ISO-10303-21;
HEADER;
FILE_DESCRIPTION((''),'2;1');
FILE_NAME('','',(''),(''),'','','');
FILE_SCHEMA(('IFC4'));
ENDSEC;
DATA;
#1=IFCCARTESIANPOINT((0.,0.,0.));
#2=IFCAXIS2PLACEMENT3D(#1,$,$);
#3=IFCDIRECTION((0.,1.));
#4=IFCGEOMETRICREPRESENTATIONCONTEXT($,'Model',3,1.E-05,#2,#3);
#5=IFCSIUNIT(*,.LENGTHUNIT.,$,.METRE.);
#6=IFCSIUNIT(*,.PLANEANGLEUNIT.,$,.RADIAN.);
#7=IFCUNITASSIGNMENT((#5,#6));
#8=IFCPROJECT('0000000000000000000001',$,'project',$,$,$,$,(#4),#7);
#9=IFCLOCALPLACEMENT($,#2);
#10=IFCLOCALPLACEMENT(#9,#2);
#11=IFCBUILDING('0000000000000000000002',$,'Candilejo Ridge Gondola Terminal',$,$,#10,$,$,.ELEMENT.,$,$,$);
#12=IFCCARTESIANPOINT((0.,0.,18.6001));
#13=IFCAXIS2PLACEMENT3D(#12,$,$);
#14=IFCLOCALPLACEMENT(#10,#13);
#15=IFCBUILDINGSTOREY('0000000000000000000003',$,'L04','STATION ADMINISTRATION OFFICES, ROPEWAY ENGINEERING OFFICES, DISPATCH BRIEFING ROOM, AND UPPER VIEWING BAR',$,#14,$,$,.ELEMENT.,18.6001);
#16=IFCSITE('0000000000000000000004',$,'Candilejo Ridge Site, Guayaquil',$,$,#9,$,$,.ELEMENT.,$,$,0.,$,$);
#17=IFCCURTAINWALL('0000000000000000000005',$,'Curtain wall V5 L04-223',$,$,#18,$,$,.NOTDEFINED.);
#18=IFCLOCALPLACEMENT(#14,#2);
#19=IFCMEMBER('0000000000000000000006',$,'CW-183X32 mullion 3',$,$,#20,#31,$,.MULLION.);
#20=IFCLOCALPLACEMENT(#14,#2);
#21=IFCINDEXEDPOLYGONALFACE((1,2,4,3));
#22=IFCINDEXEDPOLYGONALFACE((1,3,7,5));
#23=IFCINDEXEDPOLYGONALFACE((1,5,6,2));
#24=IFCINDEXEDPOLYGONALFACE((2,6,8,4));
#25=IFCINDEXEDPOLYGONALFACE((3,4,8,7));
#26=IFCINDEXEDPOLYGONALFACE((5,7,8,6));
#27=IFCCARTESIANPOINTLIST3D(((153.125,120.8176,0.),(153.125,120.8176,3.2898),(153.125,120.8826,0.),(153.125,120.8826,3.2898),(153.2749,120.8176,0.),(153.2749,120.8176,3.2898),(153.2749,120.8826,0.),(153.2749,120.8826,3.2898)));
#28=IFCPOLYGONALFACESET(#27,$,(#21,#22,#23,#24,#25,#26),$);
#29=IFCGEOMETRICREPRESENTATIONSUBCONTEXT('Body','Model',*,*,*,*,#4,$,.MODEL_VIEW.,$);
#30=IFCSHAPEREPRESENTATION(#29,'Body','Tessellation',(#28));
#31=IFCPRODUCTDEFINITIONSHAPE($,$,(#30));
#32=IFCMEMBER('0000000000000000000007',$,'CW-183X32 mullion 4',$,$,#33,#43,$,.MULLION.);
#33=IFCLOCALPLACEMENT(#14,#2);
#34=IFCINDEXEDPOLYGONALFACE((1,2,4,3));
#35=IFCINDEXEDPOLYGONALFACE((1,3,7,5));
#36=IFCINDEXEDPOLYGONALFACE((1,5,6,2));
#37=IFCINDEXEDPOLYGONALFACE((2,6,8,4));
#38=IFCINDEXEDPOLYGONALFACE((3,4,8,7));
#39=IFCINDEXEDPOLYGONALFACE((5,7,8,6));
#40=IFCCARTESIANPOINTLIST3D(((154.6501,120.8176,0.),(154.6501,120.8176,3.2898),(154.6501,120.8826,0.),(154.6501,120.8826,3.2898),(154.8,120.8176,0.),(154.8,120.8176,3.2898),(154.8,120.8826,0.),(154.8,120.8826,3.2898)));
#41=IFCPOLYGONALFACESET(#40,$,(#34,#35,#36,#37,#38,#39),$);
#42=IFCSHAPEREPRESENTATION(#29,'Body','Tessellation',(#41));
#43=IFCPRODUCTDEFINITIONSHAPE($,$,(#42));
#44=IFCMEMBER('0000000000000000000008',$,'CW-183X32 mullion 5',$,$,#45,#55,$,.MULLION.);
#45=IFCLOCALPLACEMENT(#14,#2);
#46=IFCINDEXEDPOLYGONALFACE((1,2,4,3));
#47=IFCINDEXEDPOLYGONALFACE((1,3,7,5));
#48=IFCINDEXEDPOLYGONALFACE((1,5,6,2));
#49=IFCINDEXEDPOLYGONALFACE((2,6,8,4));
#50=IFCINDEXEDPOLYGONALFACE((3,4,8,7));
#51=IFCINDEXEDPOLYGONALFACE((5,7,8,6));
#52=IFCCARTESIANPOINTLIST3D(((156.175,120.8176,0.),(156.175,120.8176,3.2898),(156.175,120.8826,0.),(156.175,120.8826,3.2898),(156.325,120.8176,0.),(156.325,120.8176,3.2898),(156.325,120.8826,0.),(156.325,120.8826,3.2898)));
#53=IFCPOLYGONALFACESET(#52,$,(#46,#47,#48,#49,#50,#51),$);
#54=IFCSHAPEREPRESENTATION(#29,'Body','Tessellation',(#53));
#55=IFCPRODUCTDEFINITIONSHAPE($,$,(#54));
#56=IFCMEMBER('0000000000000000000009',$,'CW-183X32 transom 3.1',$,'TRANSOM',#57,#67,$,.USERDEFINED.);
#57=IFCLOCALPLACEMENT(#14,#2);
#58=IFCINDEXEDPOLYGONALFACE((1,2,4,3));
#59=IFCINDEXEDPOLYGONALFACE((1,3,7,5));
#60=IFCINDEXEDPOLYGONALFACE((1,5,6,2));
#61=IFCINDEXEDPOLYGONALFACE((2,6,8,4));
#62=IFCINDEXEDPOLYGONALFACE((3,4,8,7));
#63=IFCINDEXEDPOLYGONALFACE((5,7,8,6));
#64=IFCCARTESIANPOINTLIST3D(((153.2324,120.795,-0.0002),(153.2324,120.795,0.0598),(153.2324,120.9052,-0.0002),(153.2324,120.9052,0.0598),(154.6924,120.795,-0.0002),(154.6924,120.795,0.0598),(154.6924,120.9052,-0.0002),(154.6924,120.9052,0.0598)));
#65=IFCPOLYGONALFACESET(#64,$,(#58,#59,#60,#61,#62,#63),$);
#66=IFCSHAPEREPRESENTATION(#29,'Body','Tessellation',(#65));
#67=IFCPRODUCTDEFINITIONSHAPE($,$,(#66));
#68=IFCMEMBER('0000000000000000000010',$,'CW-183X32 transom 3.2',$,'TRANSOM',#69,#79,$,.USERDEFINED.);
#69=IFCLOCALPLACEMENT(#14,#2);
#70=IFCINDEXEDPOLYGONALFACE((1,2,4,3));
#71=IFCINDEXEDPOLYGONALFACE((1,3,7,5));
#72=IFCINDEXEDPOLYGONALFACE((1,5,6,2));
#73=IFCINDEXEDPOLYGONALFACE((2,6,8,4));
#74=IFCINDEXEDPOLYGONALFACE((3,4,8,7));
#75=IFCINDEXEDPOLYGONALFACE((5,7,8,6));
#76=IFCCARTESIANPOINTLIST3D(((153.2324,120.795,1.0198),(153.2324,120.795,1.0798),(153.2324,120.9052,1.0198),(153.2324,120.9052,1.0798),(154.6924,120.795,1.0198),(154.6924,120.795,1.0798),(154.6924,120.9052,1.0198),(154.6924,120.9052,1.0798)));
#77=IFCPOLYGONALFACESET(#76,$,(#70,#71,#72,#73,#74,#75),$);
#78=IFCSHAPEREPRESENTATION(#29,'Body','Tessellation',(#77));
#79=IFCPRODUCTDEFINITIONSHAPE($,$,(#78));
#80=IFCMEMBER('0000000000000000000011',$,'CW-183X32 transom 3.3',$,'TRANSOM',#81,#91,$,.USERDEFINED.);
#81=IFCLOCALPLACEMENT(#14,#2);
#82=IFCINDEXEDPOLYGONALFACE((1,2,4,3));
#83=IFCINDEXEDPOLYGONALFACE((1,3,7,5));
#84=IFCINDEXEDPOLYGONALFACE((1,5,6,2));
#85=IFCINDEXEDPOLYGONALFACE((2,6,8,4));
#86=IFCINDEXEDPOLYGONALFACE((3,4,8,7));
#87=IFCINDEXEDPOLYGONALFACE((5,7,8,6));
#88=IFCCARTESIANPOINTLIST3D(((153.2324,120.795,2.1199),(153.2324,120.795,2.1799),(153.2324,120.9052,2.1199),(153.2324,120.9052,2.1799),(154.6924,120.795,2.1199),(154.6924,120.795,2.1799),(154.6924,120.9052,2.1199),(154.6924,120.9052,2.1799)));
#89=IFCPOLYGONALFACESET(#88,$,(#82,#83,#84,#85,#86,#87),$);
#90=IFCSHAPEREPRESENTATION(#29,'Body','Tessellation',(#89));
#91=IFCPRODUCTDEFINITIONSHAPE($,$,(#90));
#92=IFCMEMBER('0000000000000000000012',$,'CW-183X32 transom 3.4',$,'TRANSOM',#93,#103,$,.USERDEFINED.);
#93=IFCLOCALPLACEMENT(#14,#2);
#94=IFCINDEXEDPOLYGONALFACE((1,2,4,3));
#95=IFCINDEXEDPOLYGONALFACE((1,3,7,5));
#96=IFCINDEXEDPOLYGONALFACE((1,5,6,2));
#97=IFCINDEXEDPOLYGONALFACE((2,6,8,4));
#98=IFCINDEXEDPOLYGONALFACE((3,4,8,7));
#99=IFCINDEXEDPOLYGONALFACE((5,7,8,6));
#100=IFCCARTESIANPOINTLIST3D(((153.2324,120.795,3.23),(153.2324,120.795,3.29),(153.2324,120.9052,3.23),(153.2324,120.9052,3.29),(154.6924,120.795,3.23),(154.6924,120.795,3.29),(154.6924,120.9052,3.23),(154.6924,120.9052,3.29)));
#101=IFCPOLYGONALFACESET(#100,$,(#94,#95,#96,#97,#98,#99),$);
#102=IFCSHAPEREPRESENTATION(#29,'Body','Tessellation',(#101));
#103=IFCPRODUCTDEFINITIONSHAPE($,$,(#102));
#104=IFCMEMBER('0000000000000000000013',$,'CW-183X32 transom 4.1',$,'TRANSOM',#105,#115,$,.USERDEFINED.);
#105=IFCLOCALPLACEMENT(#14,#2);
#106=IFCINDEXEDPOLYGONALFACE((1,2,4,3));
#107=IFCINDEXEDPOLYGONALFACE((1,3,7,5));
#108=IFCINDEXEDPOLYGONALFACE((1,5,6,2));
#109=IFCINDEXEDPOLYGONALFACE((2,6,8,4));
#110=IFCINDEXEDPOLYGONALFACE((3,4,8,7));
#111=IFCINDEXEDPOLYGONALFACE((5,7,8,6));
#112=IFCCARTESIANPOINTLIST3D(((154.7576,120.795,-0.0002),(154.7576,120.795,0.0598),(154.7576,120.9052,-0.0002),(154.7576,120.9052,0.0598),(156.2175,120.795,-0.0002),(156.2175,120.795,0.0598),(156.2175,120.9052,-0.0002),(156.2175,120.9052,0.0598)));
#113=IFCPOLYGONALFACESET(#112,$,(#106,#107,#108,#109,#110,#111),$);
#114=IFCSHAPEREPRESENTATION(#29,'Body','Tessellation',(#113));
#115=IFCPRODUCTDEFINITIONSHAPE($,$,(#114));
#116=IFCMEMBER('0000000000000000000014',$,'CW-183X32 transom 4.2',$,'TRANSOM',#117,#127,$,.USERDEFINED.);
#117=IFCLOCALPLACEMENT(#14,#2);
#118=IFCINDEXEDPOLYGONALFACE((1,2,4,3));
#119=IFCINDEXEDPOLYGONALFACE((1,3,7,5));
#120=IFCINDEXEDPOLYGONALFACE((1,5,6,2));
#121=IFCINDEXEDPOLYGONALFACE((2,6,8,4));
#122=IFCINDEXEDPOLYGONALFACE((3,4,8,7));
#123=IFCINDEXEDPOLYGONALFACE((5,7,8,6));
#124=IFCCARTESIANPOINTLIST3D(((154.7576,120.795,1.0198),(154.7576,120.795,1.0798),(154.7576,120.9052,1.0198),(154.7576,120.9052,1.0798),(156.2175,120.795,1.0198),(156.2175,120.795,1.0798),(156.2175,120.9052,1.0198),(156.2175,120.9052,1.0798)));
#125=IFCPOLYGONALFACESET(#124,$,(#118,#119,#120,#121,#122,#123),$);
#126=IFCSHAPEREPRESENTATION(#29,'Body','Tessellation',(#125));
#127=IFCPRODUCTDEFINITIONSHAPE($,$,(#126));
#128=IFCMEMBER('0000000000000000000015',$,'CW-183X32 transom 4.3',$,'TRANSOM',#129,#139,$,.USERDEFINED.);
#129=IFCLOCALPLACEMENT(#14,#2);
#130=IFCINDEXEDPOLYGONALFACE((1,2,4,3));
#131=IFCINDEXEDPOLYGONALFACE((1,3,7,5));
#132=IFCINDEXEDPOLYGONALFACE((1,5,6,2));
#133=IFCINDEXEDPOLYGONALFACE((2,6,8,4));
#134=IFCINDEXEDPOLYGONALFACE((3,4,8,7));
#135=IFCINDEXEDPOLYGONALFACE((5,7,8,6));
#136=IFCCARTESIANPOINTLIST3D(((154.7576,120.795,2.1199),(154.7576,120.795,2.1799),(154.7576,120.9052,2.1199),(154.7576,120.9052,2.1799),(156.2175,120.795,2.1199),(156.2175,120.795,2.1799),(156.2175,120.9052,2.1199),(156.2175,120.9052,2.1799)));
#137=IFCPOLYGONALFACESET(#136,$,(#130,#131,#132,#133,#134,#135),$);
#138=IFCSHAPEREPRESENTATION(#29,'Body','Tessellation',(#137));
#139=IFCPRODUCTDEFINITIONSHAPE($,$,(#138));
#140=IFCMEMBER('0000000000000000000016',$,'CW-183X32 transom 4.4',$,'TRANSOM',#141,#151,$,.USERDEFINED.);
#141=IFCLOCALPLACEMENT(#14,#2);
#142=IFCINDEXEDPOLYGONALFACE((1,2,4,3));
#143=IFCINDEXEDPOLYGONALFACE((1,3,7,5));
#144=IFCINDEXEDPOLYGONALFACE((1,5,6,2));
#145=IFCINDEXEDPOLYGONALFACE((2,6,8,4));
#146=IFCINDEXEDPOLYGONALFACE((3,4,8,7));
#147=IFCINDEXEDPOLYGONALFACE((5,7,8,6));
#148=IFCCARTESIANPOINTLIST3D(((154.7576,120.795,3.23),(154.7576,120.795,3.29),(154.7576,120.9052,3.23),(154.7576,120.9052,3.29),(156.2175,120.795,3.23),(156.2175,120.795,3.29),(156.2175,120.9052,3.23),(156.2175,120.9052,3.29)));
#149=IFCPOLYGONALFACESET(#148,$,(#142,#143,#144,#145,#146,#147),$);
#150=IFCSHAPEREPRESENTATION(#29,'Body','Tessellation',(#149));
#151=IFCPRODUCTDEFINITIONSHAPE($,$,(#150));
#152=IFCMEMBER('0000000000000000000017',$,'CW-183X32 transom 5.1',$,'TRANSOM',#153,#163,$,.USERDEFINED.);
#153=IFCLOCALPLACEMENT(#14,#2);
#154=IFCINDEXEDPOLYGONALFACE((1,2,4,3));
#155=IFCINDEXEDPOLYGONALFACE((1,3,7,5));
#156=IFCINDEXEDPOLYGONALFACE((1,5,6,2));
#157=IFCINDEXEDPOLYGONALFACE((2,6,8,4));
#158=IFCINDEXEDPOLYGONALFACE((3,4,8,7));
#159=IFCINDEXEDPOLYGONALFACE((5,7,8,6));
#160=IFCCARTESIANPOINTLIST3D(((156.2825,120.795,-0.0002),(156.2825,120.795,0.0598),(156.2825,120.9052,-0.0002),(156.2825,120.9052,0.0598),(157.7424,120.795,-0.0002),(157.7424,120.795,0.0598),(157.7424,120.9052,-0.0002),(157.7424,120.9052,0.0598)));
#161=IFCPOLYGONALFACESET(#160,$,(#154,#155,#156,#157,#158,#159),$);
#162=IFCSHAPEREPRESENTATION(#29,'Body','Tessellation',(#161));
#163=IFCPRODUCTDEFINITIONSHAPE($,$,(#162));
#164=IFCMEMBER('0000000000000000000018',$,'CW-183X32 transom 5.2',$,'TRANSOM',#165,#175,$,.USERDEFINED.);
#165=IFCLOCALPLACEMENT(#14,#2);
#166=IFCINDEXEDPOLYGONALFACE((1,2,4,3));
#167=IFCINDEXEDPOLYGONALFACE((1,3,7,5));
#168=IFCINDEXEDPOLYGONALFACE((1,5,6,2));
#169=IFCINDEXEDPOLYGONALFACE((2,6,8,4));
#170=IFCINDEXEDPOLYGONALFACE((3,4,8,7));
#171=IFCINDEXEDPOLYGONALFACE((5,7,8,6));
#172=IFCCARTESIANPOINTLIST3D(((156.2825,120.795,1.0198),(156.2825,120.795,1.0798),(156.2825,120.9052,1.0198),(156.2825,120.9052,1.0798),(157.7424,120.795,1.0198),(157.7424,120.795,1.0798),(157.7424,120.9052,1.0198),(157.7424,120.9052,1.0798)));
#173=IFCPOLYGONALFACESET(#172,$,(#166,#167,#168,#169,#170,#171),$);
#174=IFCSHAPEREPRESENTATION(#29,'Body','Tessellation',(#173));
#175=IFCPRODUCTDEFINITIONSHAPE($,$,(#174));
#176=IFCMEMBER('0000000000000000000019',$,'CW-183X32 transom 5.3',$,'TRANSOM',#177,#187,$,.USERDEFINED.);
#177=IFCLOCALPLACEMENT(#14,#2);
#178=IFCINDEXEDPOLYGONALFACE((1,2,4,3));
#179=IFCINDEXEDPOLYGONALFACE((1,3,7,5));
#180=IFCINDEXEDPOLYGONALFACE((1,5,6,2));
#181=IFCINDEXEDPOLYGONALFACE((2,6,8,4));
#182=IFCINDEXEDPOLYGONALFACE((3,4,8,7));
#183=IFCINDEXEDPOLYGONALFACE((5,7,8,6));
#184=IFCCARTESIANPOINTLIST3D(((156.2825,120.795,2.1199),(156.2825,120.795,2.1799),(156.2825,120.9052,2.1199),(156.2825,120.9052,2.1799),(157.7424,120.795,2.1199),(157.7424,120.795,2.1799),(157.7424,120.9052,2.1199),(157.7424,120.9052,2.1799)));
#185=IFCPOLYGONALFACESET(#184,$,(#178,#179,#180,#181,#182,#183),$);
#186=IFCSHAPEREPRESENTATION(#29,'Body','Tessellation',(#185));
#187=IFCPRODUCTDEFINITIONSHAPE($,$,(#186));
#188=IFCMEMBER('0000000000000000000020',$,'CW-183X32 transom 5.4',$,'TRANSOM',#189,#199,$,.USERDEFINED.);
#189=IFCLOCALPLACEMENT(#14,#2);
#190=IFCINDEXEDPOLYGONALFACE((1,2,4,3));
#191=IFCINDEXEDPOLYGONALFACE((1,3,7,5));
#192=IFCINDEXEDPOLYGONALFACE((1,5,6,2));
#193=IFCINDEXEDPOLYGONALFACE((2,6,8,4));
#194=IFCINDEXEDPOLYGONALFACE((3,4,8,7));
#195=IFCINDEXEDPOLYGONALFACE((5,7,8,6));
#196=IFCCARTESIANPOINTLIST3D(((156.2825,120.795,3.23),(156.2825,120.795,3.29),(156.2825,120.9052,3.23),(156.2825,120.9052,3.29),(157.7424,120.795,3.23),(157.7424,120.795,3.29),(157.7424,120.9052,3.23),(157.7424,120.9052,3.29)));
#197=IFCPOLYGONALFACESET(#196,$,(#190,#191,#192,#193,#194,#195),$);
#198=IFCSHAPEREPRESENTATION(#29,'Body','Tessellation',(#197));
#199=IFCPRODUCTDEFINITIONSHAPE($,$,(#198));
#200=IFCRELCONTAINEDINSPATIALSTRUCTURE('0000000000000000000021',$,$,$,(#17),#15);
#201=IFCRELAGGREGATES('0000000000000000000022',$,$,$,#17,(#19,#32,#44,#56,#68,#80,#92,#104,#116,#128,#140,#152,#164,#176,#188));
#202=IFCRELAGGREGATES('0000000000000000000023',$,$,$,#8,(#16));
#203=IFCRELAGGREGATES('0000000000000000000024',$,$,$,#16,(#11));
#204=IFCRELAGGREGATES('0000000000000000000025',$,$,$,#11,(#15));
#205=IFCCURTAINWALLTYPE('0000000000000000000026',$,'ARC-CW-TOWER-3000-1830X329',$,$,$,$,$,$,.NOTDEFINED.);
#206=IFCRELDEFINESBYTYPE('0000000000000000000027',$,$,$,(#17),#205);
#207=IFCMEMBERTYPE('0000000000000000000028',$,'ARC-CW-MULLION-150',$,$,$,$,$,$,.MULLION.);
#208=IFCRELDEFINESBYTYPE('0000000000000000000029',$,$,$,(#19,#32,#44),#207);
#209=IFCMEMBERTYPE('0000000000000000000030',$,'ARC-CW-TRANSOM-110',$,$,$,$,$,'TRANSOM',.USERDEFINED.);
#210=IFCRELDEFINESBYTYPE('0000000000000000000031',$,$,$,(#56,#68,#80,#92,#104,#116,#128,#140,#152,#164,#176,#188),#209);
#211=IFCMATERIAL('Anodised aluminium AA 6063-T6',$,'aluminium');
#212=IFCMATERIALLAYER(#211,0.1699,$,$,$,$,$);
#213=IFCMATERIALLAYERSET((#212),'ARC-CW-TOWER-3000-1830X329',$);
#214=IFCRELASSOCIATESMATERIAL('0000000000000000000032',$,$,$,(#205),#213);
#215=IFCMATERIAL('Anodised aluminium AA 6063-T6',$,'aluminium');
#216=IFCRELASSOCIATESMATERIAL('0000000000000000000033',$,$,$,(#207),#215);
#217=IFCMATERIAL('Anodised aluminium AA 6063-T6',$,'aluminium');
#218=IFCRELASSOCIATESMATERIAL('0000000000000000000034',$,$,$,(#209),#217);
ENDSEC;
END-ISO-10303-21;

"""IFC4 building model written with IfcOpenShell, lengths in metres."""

from ifc_helpers import new_model, si_unit, direction, frame, origin, origin_2d, place, context, subcontext, project, spatial, rectangle, extrude, material, layer, layer_set, material_profile, profile_set, type_object, element, aggregate, save


model = new_model("IFC4")

# Units and contexts
model_context = context("Model", 3, precision=1e-05, world=origin(), true_north=direction((0.0, 1.0)))
body_context = subcontext(model_context, "Body", "Model", "MODEL_VIEW")
ifc_project = project(units=[si_unit("LENGTHUNIT", "METRE"), si_unit("PLANEANGLEUNIT", "RADIAN")], contexts=[model_context])

# Site, building, storey
site_placement = place(None, origin())
site = spatial("IfcSite", under=ifc_project, at=site_placement, Name="Candilejo Ridge Site, Guayaquil", CompositionType="ELEMENT", RefElevation=0.0)
building_placement = place(site_placement, origin())
building = spatial("IfcBuilding", under=site, at=building_placement, Name="Candilejo Ridge Gondola Terminal", CompositionType="ELEMENT")
storey_placement = place(building_placement, frame((0.0, 0.0, 18.6001)))
storey = spatial("IfcBuildingStorey", under=building, at=storey_placement, Name="L04", Description="STATION ADMINISTRATION OFFICES, ROPEWAY ENGINEERING OFFICES, DISPATCH BRIEFING ROOM, AND UPPER VIEWING BAR", CompositionType="ELEMENT", Elevation=18.6001)

# Curtain wall, members
ifc_material_1 = material(Name="Anodised aluminium AA 6063-T6", Category="aluminium")
ifc_layer_1 = layer(ifc_material_1, 0.1699)
ifc_layer_set_1 = layer_set([ifc_layer_1], Name="ARC-CW-TOWER-3000-1830X329")
curtain_wall_type = type_object("IfcCurtainWallType", Name="ARC-CW-TOWER-3000-1830X329", PredefinedType="NOTDEFINED", material=ifc_layer_set_1)
curtain_wall_placement = place(storey_placement, origin())
curtain_wall = element("IfcCurtainWall", 1, at=curtain_wall_placement, inside=storey, type_object=curtain_wall_type, Name="Curtain wall V5 L04-223", PredefinedType="NOTDEFINED")
ifc_material_2 = material(Name="Anodised aluminium AA 6063-T6", Category="aluminium")
ifc_material_profile_1 = material_profile(ifc_material_2, rectangle(XDim=0.0649, YDim=0.1499, at=origin_2d()))
ifc_profile_set_1 = profile_set([ifc_material_profile_1], Name="Anodised aluminium AA 6063-T6")
member_type_1 = type_object("IfcMemberType", Name="ARC-CW-MULLION-150", PredefinedType="MULLION", material=ifc_profile_set_1)
member_1_placement = place(storey_placement, frame((153.2, 120.8501, 0.0), z_axis=(0.0, 0.0, 1.0), x_axis=(0.0, 1.0, 0.0)))
member_1 = element("IfcMember", 2, at=member_1_placement, type_object=member_type_1, Name="CW-183X32 mullion 3", PredefinedType="MULLION", context=body_context, shape_type="SweptSolid", body=[
    extrude(rectangle(XDim=0.0649, YDim=0.1499, at=origin_2d()), origin(), (0.0, 0.0, 1.0), 3.2898),
])
member_2_placement = place(storey_placement, frame((154.7251, 120.8501, 0.0), z_axis=(0.0, 0.0, 1.0), x_axis=(0.0, 1.0, 0.0)))
member_2 = element("IfcMember", 3, at=member_2_placement, type_object=member_type_1, Name="CW-183X32 mullion 4", PredefinedType="MULLION", context=body_context, shape_type="SweptSolid", body=[
    extrude(rectangle(XDim=0.0649, YDim=0.1499, at=origin_2d()), origin(), (0.0, 0.0, 1.0), 3.2898),
])
member_3_placement = place(storey_placement, frame((156.25, 120.8501, 0.0), z_axis=(0.0, 0.0, 1.0), x_axis=(0.0, 1.0, 0.0)))
member_3 = element("IfcMember", 4, at=member_3_placement, type_object=member_type_1, Name="CW-183X32 mullion 5", PredefinedType="MULLION", context=body_context, shape_type="SweptSolid", body=[
    extrude(rectangle(XDim=0.0649, YDim=0.1499, at=origin_2d()), origin(), (0.0, 0.0, 1.0), 3.2898),
])
ifc_material_3 = material(Name="Anodised aluminium AA 6063-T6", Category="aluminium")
ifc_material_profile_2 = material_profile(ifc_material_3, rectangle(XDim=0.1101, YDim=0.0601, at=origin_2d()))
ifc_profile_set_2 = profile_set([ifc_material_profile_2], Name="Anodised aluminium AA 6063-T6")
member_type_2 = type_object("IfcMemberType", Name="ARC-CW-TRANSOM-110", ElementType="TRANSOM", PredefinedType="USERDEFINED", material=ifc_profile_set_2)
member_4_placement = place(storey_placement, frame((153.2324, 120.8501, 0.0298), z_axis=(1.0, 0.0, 0.0), x_axis=(0.0, 1.0, 0.0)))
member_4 = element("IfcMember", 5, at=member_4_placement, type_object=member_type_2, Name="CW-183X32 transom 3.1", ObjectType="TRANSOM", PredefinedType="USERDEFINED", context=body_context, shape_type="SweptSolid", body=[
    extrude(rectangle(XDim=0.1101, YDim=0.0601, at=origin_2d()), origin(), (0.0, 0.0, 1.0), 1.46),
])
member_5_placement = place(storey_placement, frame((153.2324, 120.8501, 1.0498), z_axis=(1.0, 0.0, 0.0), x_axis=(0.0, 1.0, 0.0)))
member_5 = element("IfcMember", 6, at=member_5_placement, type_object=member_type_2, Name="CW-183X32 transom 3.2", ObjectType="TRANSOM", PredefinedType="USERDEFINED", context=body_context, shape_type="SweptSolid", body=[
    extrude(rectangle(XDim=0.1101, YDim=0.0601, at=origin_2d()), origin(), (0.0, 0.0, 1.0), 1.46),
])
member_6_placement = place(storey_placement, frame((153.2324, 120.8501, 2.1499), z_axis=(1.0, 0.0, 0.0), x_axis=(0.0, 1.0, 0.0)))
member_6 = element("IfcMember", 7, at=member_6_placement, type_object=member_type_2, Name="CW-183X32 transom 3.3", ObjectType="TRANSOM", PredefinedType="USERDEFINED", context=body_context, shape_type="SweptSolid", body=[
    extrude(rectangle(XDim=0.1101, YDim=0.0601, at=origin_2d()), origin(), (0.0, 0.0, 1.0), 1.46),
])
member_7_placement = place(storey_placement, frame((153.2324, 120.8501, 3.26), z_axis=(1.0, 0.0, 0.0), x_axis=(0.0, 1.0, 0.0)))
member_7 = element("IfcMember", 8, at=member_7_placement, type_object=member_type_2, Name="CW-183X32 transom 3.4", ObjectType="TRANSOM", PredefinedType="USERDEFINED", context=body_context, shape_type="SweptSolid", body=[
    extrude(rectangle(XDim=0.1101, YDim=0.0601, at=origin_2d()), origin(), (0.0, 0.0, 1.0), 1.46),
])
member_8_placement = place(storey_placement, frame((154.7576, 120.8501, 0.0298), z_axis=(1.0, 0.0, 0.0), x_axis=(0.0, 1.0, 0.0)))
member_8 = element("IfcMember", 9, at=member_8_placement, type_object=member_type_2, Name="CW-183X32 transom 4.1", ObjectType="TRANSOM", PredefinedType="USERDEFINED", context=body_context, shape_type="SweptSolid", body=[
    extrude(rectangle(XDim=0.1101, YDim=0.0601, at=origin_2d()), origin(), (0.0, 0.0, 1.0), 1.46),
])
member_9_placement = place(storey_placement, frame((154.7576, 120.8501, 1.0498), z_axis=(1.0, 0.0, 0.0), x_axis=(0.0, 1.0, 0.0)))
member_9 = element("IfcMember", 10, at=member_9_placement, type_object=member_type_2, Name="CW-183X32 transom 4.2", ObjectType="TRANSOM", PredefinedType="USERDEFINED", context=body_context, shape_type="SweptSolid", body=[
    extrude(rectangle(XDim=0.1101, YDim=0.0601, at=origin_2d()), origin(), (0.0, 0.0, 1.0), 1.46),
])
member_10_placement = place(storey_placement, frame((154.7576, 120.8501, 2.1499), z_axis=(1.0, 0.0, 0.0), x_axis=(0.0, 1.0, 0.0)))
member_10 = element("IfcMember", 11, at=member_10_placement, type_object=member_type_2, Name="CW-183X32 transom 4.3", ObjectType="TRANSOM", PredefinedType="USERDEFINED", context=body_context, shape_type="SweptSolid", body=[
    extrude(rectangle(XDim=0.1101, YDim=0.0601, at=origin_2d()), origin(), (0.0, 0.0, 1.0), 1.46),
])
member_11_placement = place(storey_placement, frame((154.7576, 120.8501, 3.26), z_axis=(1.0, 0.0, 0.0), x_axis=(0.0, 1.0, 0.0)))
member_11 = element("IfcMember", 12, at=member_11_placement, type_object=member_type_2, Name="CW-183X32 transom 4.4", ObjectType="TRANSOM", PredefinedType="USERDEFINED", context=body_context, shape_type="SweptSolid", body=[
    extrude(rectangle(XDim=0.1101, YDim=0.0601, at=origin_2d()), origin(), (0.0, 0.0, 1.0), 1.46),
])
member_12_placement = place(storey_placement, frame((156.2825, 120.8501, 0.0298), z_axis=(1.0, 0.0, 0.0), x_axis=(0.0, 1.0, 0.0)))
member_12 = element("IfcMember", 13, at=member_12_placement, type_object=member_type_2, Name="CW-183X32 transom 5.1", ObjectType="TRANSOM", PredefinedType="USERDEFINED", context=body_context, shape_type="SweptSolid", body=[
    extrude(rectangle(XDim=0.1101, YDim=0.0601, at=origin_2d()), origin(), (0.0, 0.0, 1.0), 1.46),
])
member_13_placement = place(storey_placement, frame((156.2825, 120.8501, 1.0498), z_axis=(1.0, 0.0, 0.0), x_axis=(0.0, 1.0, 0.0)))
member_13 = element("IfcMember", 14, at=member_13_placement, type_object=member_type_2, Name="CW-183X32 transom 5.2", ObjectType="TRANSOM", PredefinedType="USERDEFINED", context=body_context, shape_type="SweptSolid", body=[
    extrude(rectangle(XDim=0.1101, YDim=0.0601, at=origin_2d()), origin(), (0.0, 0.0, 1.0), 1.46),
])
member_14_placement = place(storey_placement, frame((156.2825, 120.8501, 2.1499), z_axis=(1.0, 0.0, 0.0), x_axis=(0.0, 1.0, 0.0)))
member_14 = element("IfcMember", 15, at=member_14_placement, type_object=member_type_2, Name="CW-183X32 transom 5.3", ObjectType="TRANSOM", PredefinedType="USERDEFINED", context=body_context, shape_type="SweptSolid", body=[
    extrude(rectangle(XDim=0.1101, YDim=0.0601, at=origin_2d()), origin(), (0.0, 0.0, 1.0), 1.46),
])
member_15_placement = place(storey_placement, frame((156.2825, 120.8501, 3.26), z_axis=(1.0, 0.0, 0.0), x_axis=(0.0, 1.0, 0.0)))
member_15 = element("IfcMember", 16, at=member_15_placement, type_object=member_type_2, Name="CW-183X32 transom 5.4", ObjectType="TRANSOM", PredefinedType="USERDEFINED", context=body_context, shape_type="SweptSolid", body=[
    extrude(rectangle(XDim=0.1101, YDim=0.0601, at=origin_2d()), origin(), (0.0, 0.0, 1.0), 1.46),
])
aggregate(curtain_wall, [member_1, member_2, member_3, member_4, member_5, member_6, member_7, member_8, member_9, member_10, member_11, member_12, member_13, member_14, member_15])

save(model, "model.ifc")
